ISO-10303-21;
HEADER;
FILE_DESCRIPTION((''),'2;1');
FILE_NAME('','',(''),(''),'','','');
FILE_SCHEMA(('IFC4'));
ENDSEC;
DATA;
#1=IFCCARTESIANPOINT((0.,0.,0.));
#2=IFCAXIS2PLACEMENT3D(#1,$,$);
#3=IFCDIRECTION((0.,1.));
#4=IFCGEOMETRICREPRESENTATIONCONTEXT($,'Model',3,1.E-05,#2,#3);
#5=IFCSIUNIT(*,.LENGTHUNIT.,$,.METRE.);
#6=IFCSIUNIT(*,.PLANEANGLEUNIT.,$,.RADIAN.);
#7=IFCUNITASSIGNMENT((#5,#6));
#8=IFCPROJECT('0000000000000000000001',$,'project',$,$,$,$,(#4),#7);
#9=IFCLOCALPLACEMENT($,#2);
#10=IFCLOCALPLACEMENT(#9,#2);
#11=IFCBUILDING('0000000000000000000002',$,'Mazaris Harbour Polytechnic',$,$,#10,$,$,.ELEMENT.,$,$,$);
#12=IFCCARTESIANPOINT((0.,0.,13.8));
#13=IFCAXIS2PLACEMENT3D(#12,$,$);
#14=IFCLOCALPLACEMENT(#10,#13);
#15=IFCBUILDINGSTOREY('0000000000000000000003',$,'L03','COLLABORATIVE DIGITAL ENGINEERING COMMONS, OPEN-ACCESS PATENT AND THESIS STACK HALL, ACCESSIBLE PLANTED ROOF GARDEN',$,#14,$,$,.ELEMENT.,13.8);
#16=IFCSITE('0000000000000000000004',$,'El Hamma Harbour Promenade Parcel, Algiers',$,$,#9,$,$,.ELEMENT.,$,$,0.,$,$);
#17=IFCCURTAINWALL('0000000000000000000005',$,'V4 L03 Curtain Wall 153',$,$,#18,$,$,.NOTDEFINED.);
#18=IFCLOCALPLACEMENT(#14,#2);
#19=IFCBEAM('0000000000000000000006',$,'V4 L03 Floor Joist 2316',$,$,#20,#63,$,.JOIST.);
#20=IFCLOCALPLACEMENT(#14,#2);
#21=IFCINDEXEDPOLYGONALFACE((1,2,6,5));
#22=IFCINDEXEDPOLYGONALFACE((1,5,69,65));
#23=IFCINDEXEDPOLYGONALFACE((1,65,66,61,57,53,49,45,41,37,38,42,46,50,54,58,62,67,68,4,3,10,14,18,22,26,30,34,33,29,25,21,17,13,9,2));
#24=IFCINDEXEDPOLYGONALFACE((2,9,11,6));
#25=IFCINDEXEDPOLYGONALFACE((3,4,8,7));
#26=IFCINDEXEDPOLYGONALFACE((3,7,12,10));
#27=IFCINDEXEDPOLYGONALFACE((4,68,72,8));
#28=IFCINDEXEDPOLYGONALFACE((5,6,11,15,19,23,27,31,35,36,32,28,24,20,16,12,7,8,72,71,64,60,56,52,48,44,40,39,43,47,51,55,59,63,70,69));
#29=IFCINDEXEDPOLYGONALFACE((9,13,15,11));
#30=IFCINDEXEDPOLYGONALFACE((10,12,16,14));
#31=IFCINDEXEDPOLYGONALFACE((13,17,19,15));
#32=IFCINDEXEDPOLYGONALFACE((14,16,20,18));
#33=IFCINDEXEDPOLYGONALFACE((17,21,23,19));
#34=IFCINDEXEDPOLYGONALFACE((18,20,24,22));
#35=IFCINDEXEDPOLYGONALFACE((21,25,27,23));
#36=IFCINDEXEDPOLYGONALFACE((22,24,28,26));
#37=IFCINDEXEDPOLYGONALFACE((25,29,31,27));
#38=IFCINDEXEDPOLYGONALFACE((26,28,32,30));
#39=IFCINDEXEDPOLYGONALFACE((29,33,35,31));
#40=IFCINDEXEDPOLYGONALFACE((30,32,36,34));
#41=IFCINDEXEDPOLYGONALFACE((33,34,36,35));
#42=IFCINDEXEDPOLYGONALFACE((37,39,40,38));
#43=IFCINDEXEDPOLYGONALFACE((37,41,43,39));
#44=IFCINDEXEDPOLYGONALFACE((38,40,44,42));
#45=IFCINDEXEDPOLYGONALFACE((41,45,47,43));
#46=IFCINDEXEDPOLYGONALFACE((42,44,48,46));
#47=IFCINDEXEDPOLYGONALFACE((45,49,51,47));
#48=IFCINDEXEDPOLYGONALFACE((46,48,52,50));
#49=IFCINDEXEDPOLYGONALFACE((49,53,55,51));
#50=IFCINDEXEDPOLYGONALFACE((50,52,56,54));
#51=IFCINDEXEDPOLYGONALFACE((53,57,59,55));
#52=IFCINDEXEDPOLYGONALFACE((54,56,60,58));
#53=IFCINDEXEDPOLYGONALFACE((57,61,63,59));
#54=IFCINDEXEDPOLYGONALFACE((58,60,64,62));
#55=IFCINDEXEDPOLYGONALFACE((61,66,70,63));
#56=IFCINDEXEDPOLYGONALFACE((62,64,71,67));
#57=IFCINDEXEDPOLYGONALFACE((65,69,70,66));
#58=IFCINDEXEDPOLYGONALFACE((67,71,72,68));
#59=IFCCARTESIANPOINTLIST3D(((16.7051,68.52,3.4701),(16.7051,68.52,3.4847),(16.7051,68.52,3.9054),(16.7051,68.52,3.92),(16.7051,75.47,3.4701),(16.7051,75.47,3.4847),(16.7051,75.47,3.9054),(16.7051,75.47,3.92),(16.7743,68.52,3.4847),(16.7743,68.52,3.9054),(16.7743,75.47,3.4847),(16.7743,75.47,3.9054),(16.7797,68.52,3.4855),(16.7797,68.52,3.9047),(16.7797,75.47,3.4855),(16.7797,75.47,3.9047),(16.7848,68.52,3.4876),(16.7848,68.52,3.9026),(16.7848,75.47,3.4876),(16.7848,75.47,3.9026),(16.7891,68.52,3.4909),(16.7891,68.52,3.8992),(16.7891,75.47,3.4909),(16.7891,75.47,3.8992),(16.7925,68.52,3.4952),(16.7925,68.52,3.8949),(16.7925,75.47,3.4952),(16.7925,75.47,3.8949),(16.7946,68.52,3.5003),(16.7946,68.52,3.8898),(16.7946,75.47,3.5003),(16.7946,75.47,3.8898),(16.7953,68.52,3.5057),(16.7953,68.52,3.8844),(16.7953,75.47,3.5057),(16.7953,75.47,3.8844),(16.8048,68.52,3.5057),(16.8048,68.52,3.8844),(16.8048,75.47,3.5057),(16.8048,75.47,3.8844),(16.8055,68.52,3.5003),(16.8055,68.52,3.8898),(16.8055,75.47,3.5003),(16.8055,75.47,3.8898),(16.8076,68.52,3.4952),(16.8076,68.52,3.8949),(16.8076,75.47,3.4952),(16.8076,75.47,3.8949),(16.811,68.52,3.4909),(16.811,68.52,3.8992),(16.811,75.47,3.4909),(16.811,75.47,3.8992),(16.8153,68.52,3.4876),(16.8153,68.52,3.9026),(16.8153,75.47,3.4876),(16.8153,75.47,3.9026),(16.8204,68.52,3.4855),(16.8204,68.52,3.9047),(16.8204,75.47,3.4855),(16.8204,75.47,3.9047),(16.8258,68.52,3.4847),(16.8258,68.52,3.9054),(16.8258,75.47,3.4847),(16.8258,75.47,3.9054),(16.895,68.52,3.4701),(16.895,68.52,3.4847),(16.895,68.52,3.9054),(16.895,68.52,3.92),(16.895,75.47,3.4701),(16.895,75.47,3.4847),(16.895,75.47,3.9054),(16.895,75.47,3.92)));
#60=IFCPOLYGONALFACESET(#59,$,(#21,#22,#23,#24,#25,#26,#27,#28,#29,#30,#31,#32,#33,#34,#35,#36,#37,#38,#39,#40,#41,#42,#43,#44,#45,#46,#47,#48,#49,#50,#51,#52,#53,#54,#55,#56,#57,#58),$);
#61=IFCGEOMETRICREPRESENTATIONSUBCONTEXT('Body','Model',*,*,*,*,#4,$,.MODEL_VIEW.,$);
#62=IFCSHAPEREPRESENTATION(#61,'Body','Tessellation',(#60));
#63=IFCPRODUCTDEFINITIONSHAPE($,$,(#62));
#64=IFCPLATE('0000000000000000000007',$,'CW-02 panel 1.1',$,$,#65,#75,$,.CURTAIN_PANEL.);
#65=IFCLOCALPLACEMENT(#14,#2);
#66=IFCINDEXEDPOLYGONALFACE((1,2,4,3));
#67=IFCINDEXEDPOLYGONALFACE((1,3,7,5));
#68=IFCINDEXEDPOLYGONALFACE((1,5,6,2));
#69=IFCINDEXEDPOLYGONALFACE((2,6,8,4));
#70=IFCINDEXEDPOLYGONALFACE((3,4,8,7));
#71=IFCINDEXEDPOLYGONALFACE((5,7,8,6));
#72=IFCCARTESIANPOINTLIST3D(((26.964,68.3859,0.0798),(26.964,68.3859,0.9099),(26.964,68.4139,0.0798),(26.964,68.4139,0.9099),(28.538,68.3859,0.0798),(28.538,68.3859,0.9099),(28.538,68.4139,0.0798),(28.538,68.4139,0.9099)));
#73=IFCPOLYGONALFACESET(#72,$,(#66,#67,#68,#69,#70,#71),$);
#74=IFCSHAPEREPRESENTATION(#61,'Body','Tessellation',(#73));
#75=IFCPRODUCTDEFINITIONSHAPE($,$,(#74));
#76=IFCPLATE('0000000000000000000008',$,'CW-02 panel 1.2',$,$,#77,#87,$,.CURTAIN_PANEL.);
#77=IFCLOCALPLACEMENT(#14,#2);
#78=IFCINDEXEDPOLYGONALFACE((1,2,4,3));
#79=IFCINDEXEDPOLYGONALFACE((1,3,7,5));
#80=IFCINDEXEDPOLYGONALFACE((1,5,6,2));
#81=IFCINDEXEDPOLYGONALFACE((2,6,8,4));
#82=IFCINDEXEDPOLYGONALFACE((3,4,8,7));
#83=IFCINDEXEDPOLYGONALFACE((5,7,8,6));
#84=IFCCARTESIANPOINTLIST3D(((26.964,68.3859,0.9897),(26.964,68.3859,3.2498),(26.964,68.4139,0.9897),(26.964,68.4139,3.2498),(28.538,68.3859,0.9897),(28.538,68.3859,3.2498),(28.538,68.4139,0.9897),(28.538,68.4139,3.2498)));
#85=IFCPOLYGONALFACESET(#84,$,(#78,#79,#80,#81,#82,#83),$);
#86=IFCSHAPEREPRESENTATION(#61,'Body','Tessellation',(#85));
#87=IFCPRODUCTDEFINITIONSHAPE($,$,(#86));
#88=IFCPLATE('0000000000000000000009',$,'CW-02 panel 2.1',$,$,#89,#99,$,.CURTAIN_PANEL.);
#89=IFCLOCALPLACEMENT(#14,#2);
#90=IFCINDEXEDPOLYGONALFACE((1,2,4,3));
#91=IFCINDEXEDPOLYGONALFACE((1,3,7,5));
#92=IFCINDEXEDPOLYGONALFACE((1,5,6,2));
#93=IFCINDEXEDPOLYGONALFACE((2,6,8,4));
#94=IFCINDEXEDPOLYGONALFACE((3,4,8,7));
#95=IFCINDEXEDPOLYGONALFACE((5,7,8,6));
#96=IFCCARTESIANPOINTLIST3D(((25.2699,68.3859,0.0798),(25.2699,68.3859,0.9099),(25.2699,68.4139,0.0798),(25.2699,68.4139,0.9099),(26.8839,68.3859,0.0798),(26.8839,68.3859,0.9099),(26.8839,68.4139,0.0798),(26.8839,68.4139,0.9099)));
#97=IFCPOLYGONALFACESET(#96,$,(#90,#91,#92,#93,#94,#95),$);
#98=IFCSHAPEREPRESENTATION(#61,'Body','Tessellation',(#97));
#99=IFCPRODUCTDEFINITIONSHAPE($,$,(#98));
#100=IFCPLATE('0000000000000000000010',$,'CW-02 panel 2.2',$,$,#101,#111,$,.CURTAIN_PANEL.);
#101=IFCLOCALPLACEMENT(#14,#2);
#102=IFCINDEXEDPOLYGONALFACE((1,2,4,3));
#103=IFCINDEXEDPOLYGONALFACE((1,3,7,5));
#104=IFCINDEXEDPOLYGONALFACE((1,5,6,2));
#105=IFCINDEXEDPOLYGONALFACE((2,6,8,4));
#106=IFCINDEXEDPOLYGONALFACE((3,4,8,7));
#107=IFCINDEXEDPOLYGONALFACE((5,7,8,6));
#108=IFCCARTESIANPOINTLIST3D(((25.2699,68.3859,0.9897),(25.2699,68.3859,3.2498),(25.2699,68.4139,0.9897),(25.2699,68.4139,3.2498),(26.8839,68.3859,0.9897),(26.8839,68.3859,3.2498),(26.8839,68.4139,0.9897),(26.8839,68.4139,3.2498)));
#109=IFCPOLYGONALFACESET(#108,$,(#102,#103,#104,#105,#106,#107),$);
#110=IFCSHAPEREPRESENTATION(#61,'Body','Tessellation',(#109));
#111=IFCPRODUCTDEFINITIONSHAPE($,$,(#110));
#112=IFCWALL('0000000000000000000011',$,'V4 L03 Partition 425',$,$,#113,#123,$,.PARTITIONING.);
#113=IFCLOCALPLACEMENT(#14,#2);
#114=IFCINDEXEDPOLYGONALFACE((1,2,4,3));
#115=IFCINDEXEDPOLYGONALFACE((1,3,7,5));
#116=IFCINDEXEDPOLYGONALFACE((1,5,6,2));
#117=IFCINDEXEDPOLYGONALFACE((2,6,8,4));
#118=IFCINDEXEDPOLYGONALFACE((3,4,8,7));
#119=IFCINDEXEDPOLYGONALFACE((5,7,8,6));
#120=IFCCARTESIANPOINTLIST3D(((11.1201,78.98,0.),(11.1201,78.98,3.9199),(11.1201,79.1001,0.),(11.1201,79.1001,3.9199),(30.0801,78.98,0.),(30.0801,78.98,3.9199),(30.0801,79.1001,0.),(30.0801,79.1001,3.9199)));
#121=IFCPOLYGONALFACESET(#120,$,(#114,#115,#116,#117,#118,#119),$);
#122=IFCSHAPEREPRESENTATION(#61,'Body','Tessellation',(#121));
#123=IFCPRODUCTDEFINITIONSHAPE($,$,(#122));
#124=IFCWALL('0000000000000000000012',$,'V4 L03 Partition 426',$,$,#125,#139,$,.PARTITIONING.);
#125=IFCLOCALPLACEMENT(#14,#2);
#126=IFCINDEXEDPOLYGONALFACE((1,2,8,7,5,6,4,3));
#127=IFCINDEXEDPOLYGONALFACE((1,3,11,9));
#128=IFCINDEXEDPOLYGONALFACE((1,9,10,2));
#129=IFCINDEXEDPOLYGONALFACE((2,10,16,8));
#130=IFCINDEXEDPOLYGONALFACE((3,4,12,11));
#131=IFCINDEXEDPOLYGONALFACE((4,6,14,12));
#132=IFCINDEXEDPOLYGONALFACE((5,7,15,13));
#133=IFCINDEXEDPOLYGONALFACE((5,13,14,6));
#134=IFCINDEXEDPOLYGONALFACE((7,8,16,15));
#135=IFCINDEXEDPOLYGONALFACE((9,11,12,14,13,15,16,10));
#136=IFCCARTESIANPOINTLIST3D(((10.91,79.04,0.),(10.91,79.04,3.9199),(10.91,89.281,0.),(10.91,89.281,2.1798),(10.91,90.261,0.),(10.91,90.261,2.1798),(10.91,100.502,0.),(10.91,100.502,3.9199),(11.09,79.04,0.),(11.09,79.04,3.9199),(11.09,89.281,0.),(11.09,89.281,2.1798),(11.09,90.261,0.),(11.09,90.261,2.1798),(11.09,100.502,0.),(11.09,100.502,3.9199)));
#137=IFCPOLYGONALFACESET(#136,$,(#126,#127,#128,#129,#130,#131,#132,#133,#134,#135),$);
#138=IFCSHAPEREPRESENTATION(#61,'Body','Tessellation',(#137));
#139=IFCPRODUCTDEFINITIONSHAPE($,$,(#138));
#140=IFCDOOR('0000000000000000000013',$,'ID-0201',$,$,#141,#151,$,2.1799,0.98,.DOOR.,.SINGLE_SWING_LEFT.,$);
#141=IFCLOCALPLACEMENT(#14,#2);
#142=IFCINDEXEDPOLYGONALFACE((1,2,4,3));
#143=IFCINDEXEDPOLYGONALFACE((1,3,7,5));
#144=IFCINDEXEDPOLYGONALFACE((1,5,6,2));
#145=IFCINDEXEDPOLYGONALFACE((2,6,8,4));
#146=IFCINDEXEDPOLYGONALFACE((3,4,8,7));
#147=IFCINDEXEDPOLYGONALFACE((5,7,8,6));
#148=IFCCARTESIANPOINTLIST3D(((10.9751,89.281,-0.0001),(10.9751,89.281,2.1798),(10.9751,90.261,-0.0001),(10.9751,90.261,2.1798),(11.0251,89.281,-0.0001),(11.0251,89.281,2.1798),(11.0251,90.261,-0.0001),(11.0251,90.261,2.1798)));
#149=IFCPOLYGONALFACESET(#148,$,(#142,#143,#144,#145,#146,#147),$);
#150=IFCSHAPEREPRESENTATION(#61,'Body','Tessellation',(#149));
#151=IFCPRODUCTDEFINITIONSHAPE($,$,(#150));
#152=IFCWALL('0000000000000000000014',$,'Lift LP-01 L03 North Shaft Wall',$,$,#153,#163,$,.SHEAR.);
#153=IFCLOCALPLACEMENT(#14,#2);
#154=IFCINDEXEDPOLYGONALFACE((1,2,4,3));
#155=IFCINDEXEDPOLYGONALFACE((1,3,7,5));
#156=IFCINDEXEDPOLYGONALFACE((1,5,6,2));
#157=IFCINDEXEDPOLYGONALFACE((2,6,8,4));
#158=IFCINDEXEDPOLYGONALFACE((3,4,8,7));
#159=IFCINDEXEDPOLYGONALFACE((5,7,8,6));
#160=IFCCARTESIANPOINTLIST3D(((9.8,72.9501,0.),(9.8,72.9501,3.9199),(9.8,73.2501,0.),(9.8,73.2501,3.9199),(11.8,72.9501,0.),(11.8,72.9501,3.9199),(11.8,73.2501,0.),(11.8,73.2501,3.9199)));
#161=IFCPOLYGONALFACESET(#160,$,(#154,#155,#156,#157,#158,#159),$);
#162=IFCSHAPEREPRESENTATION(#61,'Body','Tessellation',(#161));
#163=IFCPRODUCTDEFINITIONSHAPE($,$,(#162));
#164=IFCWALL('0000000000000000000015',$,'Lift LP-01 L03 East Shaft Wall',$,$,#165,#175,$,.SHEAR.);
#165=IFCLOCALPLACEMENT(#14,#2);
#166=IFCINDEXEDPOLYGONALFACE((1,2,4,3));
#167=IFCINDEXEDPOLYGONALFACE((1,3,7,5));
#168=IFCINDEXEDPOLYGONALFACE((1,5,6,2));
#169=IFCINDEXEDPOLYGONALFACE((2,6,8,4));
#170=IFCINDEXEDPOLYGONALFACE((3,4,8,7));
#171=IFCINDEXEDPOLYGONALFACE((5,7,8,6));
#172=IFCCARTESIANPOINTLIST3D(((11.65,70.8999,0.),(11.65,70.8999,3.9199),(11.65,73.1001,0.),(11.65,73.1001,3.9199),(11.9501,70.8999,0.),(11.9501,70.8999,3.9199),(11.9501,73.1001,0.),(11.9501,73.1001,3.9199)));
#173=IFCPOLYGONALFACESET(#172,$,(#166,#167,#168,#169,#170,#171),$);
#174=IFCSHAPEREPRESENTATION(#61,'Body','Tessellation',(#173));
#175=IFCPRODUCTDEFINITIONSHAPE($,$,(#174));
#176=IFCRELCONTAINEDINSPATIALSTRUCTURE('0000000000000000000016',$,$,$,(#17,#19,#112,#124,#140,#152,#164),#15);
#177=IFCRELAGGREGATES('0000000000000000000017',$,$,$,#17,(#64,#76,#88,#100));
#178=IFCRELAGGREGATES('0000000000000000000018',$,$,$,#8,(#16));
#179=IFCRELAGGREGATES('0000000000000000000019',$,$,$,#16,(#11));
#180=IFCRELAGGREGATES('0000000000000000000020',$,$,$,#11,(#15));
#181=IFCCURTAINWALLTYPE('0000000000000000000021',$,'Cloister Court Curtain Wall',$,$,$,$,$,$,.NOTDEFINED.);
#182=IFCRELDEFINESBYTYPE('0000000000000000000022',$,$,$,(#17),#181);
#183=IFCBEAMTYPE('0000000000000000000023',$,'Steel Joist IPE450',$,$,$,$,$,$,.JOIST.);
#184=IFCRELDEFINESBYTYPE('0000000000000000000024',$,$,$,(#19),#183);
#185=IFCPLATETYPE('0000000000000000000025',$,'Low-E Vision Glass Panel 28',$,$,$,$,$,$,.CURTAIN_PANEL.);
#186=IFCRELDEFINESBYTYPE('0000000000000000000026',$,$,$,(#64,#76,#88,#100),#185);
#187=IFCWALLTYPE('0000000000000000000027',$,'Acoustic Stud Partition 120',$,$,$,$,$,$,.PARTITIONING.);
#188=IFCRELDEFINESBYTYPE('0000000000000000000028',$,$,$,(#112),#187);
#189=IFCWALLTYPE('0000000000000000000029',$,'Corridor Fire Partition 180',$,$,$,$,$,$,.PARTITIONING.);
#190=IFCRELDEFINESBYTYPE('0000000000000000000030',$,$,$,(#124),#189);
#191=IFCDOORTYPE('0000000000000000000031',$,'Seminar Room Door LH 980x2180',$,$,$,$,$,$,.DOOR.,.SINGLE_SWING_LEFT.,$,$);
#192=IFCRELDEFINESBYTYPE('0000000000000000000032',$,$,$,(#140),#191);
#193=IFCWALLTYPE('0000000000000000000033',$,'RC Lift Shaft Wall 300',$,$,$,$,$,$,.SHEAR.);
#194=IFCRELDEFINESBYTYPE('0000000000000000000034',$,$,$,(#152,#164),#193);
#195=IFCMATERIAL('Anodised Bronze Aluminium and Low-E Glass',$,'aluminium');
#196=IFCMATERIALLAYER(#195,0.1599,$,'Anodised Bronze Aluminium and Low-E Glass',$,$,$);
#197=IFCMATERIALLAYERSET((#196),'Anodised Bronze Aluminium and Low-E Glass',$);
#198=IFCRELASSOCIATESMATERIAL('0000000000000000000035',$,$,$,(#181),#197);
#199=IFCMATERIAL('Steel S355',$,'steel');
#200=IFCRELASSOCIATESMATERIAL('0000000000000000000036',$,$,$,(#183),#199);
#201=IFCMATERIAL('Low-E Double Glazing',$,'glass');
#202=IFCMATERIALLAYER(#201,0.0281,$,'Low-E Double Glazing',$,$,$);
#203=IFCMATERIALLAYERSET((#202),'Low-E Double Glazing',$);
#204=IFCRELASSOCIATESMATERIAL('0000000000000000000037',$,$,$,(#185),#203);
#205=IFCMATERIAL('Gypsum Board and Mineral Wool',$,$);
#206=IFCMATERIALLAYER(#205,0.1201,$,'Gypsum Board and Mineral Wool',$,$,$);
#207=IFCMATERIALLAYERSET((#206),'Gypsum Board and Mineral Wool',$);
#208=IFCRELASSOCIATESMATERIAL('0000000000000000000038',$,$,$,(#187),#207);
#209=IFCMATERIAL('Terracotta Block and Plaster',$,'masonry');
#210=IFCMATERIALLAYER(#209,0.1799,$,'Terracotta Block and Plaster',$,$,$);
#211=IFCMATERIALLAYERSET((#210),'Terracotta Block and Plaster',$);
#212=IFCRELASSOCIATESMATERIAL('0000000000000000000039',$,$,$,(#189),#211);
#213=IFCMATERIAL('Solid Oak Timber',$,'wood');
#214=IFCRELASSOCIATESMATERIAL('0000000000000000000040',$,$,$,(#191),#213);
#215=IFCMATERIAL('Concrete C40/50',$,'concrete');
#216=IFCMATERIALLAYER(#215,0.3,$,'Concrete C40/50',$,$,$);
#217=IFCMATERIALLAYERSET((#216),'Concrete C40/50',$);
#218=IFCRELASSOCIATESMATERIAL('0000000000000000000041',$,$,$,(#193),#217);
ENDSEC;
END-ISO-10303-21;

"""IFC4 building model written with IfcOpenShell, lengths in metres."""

from ifc_helpers import new_model, si_unit, direction, frame, frame_2d, origin, origin_2d, place, context, subcontext, project, spatial, rectangle, i_section, extrude, material, layer, layer_set, material_profile, profile_set, type_object, element, fill, aggregate, save


model = new_model("IFC4")

# Units and contexts
model_context = context("Model", 3, precision=1e-05, world=origin(), true_north=direction((0.0, 1.0)))
body_context = subcontext(model_context, "Body", "Model", "MODEL_VIEW")
ifc_project = project(units=[si_unit("LENGTHUNIT", "METRE"), si_unit("PLANEANGLEUNIT", "RADIAN")], contexts=[model_context])

# Site, building, storey
site_placement = place(None, origin())
site = spatial("IfcSite", under=ifc_project, at=site_placement, Name="El Hamma Harbour Promenade Parcel, Algiers", CompositionType="ELEMENT", RefElevation=0.0)
building_placement = place(site_placement, origin())
building = spatial("IfcBuilding", under=site, at=building_placement, Name="Mazaris Harbour Polytechnic", CompositionType="ELEMENT")
storey_placement = place(building_placement, frame((0.0, 0.0, 13.8)))
storey = spatial("IfcBuildingStorey", under=building, at=storey_placement, Name="L03", Description="COLLABORATIVE DIGITAL ENGINEERING COMMONS, OPEN-ACCESS PATENT AND THESIS STACK HALL, ACCESSIBLE PLANTED ROOF GARDEN", CompositionType="ELEMENT", Elevation=13.8)

# Curtain wall
ifc_material_1 = material(Name="Anodised Bronze Aluminium and Low-E Glass", Category="aluminium")
ifc_layer_1 = layer(ifc_material_1, 0.1599, Name="Anodised Bronze Aluminium and Low-E Glass")
ifc_layer_set_1 = layer_set([ifc_layer_1], Name="Anodised Bronze Aluminium and Low-E Glass")
curtain_wall_type = type_object("IfcCurtainWallType", Name="Cloister Court Curtain Wall", PredefinedType="NOTDEFINED", material=ifc_layer_set_1)
curtain_wall_placement = place(storey_placement, origin())
curtain_wall = element("IfcCurtainWall", 1, at=curtain_wall_placement, inside=storey, type_object=curtain_wall_type, Name="V4 L03 Curtain Wall 153", PredefinedType="NOTDEFINED")

# Beam
ifc_material_2 = material(Name="Steel S355", Category="steel")
ifc_material_profile_1 = material_profile(ifc_material_2, i_section(OverallWidth=0.1899, OverallDepth=0.45, WebThickness=0.0095, FlangeThickness=0.0146, FilletRadius=0.021, at=origin_2d()), Name="IPE 450")
ifc_profile_set_1 = profile_set([ifc_material_profile_1], Name="Steel S355")
beam_type_1 = type_object("IfcBeamType", Name="Steel Joist IPE450", PredefinedType="JOIST", material=ifc_profile_set_1)
beam_1_placement = place(storey_placement, frame((16.8, 68.52, 3.6951), z_axis=(0.0, 1.0, 0.0), x_axis=(-1.0, 0.0, 0.0)))
element("IfcBeam", 2, at=beam_1_placement, inside=storey, type_object=beam_type_1, Name="V4 L03 Floor Joist 2316", PredefinedType="JOIST", context=body_context, shape_type="SweptSolid", body=[
    extrude(i_section(OverallWidth=0.1899, OverallDepth=0.45, WebThickness=0.0095, FlangeThickness=0.0146, FilletRadius=0.021, at=origin_2d()), origin(), (0.0, 0.0, 1.0), 6.95),
])

# Plates
ifc_material_3 = material(Name="Low-E Double Glazing", Category="glass")
ifc_layer_2 = layer(ifc_material_3, 0.0281, Name="Low-E Double Glazing")
ifc_layer_set_2 = layer_set([ifc_layer_2], Name="Low-E Double Glazing")
plate_type = type_object("IfcPlateType", Name="Low-E Vision Glass Panel 28", PredefinedType="CURTAIN_PANEL", material=ifc_layer_set_2)
plate_1_placement = place(storey_placement, frame((27.751, 68.3999, 0.0798), z_axis=(0.0, 0.0, 1.0), x_axis=(-1.0, 0.0, 0.0)))
plate_1 = element("IfcPlate", 3, at=plate_1_placement, type_object=plate_type, Name="CW-02 panel 1.1", PredefinedType="CURTAIN_PANEL", context=body_context, shape_type="SweptSolid", body=[
    extrude(rectangle(XDim=1.574, YDim=0.0281, at=origin_2d()), origin(), (0.0, 0.0, 1.0), 0.8301),
])
plate_2_placement = place(storey_placement, frame((27.751, 68.3999, 0.9897), z_axis=(0.0, 0.0, 1.0), x_axis=(-1.0, 0.0, 0.0)))
plate_2 = element("IfcPlate", 4, at=plate_2_placement, type_object=plate_type, Name="CW-02 panel 1.2", PredefinedType="CURTAIN_PANEL", context=body_context, shape_type="SweptSolid", body=[
    extrude(rectangle(XDim=1.574, YDim=0.0281, at=origin_2d()), origin(), (0.0, 0.0, 1.0), 2.26),
])
plate_3_placement = place(storey_placement, frame((26.0769, 68.3999, 0.0798), z_axis=(0.0, 0.0, 1.0), x_axis=(-1.0, 0.0, 0.0)))
plate_3 = element("IfcPlate", 5, at=plate_3_placement, type_object=plate_type, Name="CW-02 panel 2.1", PredefinedType="CURTAIN_PANEL", context=body_context, shape_type="SweptSolid", body=[
    extrude(rectangle(XDim=1.614, YDim=0.0281, at=origin_2d()), origin(), (0.0, 0.0, 1.0), 0.8301),
])
plate_4_placement = place(storey_placement, frame((26.0769, 68.3999, 0.9897), z_axis=(0.0, 0.0, 1.0), x_axis=(-1.0, 0.0, 0.0)))
plate_4 = element("IfcPlate", 6, at=plate_4_placement, type_object=plate_type, Name="CW-02 panel 2.2", PredefinedType="CURTAIN_PANEL", context=body_context, shape_type="SweptSolid", body=[
    extrude(rectangle(XDim=1.614, YDim=0.0281, at=origin_2d()), origin(), (0.0, 0.0, 1.0), 2.26),
])
aggregate(curtain_wall, [plate_1, plate_2, plate_3, plate_4])

# Wall
ifc_material_4 = material(Name="Gypsum Board and Mineral Wool")
ifc_layer_3 = layer(ifc_material_4, 0.1201, Name="Gypsum Board and Mineral Wool")
ifc_layer_set_3 = layer_set([ifc_layer_3], Name="Gypsum Board and Mineral Wool")
wall_type_1 = type_object("IfcWallType", Name="Acoustic Stud Partition 120", PredefinedType="PARTITIONING", material=ifc_layer_set_3)
wall_1_placement = place(storey_placement, frame((11.1201, 79.04, 0.0), z_axis=(0.0, 0.0, 1.0), x_axis=(1.0, 0.0, 0.0)))
element("IfcWall", 7, at=wall_1_placement, inside=storey, type_object=wall_type_1, Name="V4 L03 Partition 425", PredefinedType="PARTITIONING", context=body_context, shape_type="SweptSolid", body=[
    extrude(rectangle(XDim=18.96, YDim=0.1201, at=frame_2d((9.48, 0.0))), origin(), (0.0, 0.0, 1.0), 3.9199),
])

# Wall, opening, door
ifc_material_5 = material(Name="Terracotta Block and Plaster", Category="masonry")
ifc_layer_4 = layer(ifc_material_5, 0.1799, Name="Terracotta Block and Plaster")
ifc_layer_set_4 = layer_set([ifc_layer_4], Name="Terracotta Block and Plaster")
wall_type_2 = type_object("IfcWallType", Name="Corridor Fire Partition 180", PredefinedType="PARTITIONING", material=ifc_layer_set_4)
wall_2_placement = place(storey_placement, frame((11.0, 79.04, 0.0), z_axis=(0.0, 0.0, 1.0), x_axis=(0.0, 1.0, 0.0)))
wall_2 = element("IfcWall", 8, at=wall_2_placement, inside=storey, type_object=wall_type_2, Name="V4 L03 Partition 426", PredefinedType="PARTITIONING", context=body_context, shape_type="SweptSolid", body=[
    extrude(rectangle(XDim=21.4619, YDim=0.1799, at=frame_2d((10.731, 0.0))), origin(), (0.0, 0.0, 1.0), 3.9199),
])
opening_1_placement = place(wall_2_placement, frame((10.241, 0.0, 0.0)))
opening_1 = element("IfcOpeningElement", 9, at=opening_1_placement, cuts=wall_2, PredefinedType="OPENING", context=body_context, shape_type="SweptSolid", body=[
    extrude(rectangle(XDim=0.98, YDim=2.1799, at=frame_2d((0.49, 1.0898))), frame((0.0, 0.0999, 0.0), z_axis=(0.0, -1.0, 0.0), x_axis=(1.0, 0.0, 0.0)), (0.0, 0.0, 1.0), 0.2),
])
ifc_material_6 = material(Name="Solid Oak Timber", Category="wood")
door_type_1 = type_object("IfcDoorType", Name="Seminar Room Door LH 980x2180", OperationType="SINGLE_SWING_LEFT", PredefinedType="DOOR", material=ifc_material_6)
door_1_placement = place(opening_1_placement, origin())
door_1 = element("IfcDoor", 10, at=door_1_placement, inside=storey, type_object=door_type_1, Name="ID-0201", OperationType="SINGLE_SWING_LEFT", OverallHeight=2.1799, OverallWidth=0.98, PredefinedType="DOOR", context=body_context, shape_type="SweptSolid", body=[
    extrude(rectangle(XDim=0.98, YDim=2.1799, at=frame_2d((0.49, 1.0898))), frame((0.0, 0.0249, 0.0), z_axis=(0.0, -1.0, 0.0), x_axis=(1.0, 0.0, 0.0)), (0.0, 0.0, 1.0), 0.05),
])
fill(opening_1, door_1)

# Walls
ifc_material_7 = material(Name="Concrete C40/50", Category="concrete")
ifc_layer_5 = layer(ifc_material_7, 0.3, Name="Concrete C40/50")
ifc_layer_set_5 = layer_set([ifc_layer_5], Name="Concrete C40/50")
wall_type_3 = type_object("IfcWallType", Name="RC Lift Shaft Wall 300", PredefinedType="SHEAR", material=ifc_layer_set_5)
wall_3_placement = place(storey_placement, frame((11.8, 73.1001, 0.0), z_axis=(0.0, 0.0, 1.0), x_axis=(-1.0, 0.0, 0.0)))
element("IfcWall", 11, at=wall_3_placement, inside=storey, type_object=wall_type_3, Name="Lift LP-01 L03 North Shaft Wall", PredefinedType="SHEAR", context=body_context, shape_type="SweptSolid", body=[
    extrude(rectangle(XDim=2.0, YDim=0.3, at=frame_2d((1.0, 0.0))), origin(), (0.0, 0.0, 1.0), 3.9199),
])
wall_4_placement = place(storey_placement, frame((11.8, 70.8999, 0.0), z_axis=(0.0, 0.0, 1.0), x_axis=(0.0, 1.0, 0.0)))
element("IfcWall", 12, at=wall_4_placement, inside=storey, type_object=wall_type_3, Name="Lift LP-01 L03 East Shaft Wall", PredefinedType="SHEAR", context=body_context, shape_type="SweptSolid", body=[
    extrude(rectangle(XDim=2.2002, YDim=0.3, at=frame_2d((1.1001, 0.0))), origin(), (0.0, 0.0, 1.0), 3.9199),
])

save(model, "model.ifc")
